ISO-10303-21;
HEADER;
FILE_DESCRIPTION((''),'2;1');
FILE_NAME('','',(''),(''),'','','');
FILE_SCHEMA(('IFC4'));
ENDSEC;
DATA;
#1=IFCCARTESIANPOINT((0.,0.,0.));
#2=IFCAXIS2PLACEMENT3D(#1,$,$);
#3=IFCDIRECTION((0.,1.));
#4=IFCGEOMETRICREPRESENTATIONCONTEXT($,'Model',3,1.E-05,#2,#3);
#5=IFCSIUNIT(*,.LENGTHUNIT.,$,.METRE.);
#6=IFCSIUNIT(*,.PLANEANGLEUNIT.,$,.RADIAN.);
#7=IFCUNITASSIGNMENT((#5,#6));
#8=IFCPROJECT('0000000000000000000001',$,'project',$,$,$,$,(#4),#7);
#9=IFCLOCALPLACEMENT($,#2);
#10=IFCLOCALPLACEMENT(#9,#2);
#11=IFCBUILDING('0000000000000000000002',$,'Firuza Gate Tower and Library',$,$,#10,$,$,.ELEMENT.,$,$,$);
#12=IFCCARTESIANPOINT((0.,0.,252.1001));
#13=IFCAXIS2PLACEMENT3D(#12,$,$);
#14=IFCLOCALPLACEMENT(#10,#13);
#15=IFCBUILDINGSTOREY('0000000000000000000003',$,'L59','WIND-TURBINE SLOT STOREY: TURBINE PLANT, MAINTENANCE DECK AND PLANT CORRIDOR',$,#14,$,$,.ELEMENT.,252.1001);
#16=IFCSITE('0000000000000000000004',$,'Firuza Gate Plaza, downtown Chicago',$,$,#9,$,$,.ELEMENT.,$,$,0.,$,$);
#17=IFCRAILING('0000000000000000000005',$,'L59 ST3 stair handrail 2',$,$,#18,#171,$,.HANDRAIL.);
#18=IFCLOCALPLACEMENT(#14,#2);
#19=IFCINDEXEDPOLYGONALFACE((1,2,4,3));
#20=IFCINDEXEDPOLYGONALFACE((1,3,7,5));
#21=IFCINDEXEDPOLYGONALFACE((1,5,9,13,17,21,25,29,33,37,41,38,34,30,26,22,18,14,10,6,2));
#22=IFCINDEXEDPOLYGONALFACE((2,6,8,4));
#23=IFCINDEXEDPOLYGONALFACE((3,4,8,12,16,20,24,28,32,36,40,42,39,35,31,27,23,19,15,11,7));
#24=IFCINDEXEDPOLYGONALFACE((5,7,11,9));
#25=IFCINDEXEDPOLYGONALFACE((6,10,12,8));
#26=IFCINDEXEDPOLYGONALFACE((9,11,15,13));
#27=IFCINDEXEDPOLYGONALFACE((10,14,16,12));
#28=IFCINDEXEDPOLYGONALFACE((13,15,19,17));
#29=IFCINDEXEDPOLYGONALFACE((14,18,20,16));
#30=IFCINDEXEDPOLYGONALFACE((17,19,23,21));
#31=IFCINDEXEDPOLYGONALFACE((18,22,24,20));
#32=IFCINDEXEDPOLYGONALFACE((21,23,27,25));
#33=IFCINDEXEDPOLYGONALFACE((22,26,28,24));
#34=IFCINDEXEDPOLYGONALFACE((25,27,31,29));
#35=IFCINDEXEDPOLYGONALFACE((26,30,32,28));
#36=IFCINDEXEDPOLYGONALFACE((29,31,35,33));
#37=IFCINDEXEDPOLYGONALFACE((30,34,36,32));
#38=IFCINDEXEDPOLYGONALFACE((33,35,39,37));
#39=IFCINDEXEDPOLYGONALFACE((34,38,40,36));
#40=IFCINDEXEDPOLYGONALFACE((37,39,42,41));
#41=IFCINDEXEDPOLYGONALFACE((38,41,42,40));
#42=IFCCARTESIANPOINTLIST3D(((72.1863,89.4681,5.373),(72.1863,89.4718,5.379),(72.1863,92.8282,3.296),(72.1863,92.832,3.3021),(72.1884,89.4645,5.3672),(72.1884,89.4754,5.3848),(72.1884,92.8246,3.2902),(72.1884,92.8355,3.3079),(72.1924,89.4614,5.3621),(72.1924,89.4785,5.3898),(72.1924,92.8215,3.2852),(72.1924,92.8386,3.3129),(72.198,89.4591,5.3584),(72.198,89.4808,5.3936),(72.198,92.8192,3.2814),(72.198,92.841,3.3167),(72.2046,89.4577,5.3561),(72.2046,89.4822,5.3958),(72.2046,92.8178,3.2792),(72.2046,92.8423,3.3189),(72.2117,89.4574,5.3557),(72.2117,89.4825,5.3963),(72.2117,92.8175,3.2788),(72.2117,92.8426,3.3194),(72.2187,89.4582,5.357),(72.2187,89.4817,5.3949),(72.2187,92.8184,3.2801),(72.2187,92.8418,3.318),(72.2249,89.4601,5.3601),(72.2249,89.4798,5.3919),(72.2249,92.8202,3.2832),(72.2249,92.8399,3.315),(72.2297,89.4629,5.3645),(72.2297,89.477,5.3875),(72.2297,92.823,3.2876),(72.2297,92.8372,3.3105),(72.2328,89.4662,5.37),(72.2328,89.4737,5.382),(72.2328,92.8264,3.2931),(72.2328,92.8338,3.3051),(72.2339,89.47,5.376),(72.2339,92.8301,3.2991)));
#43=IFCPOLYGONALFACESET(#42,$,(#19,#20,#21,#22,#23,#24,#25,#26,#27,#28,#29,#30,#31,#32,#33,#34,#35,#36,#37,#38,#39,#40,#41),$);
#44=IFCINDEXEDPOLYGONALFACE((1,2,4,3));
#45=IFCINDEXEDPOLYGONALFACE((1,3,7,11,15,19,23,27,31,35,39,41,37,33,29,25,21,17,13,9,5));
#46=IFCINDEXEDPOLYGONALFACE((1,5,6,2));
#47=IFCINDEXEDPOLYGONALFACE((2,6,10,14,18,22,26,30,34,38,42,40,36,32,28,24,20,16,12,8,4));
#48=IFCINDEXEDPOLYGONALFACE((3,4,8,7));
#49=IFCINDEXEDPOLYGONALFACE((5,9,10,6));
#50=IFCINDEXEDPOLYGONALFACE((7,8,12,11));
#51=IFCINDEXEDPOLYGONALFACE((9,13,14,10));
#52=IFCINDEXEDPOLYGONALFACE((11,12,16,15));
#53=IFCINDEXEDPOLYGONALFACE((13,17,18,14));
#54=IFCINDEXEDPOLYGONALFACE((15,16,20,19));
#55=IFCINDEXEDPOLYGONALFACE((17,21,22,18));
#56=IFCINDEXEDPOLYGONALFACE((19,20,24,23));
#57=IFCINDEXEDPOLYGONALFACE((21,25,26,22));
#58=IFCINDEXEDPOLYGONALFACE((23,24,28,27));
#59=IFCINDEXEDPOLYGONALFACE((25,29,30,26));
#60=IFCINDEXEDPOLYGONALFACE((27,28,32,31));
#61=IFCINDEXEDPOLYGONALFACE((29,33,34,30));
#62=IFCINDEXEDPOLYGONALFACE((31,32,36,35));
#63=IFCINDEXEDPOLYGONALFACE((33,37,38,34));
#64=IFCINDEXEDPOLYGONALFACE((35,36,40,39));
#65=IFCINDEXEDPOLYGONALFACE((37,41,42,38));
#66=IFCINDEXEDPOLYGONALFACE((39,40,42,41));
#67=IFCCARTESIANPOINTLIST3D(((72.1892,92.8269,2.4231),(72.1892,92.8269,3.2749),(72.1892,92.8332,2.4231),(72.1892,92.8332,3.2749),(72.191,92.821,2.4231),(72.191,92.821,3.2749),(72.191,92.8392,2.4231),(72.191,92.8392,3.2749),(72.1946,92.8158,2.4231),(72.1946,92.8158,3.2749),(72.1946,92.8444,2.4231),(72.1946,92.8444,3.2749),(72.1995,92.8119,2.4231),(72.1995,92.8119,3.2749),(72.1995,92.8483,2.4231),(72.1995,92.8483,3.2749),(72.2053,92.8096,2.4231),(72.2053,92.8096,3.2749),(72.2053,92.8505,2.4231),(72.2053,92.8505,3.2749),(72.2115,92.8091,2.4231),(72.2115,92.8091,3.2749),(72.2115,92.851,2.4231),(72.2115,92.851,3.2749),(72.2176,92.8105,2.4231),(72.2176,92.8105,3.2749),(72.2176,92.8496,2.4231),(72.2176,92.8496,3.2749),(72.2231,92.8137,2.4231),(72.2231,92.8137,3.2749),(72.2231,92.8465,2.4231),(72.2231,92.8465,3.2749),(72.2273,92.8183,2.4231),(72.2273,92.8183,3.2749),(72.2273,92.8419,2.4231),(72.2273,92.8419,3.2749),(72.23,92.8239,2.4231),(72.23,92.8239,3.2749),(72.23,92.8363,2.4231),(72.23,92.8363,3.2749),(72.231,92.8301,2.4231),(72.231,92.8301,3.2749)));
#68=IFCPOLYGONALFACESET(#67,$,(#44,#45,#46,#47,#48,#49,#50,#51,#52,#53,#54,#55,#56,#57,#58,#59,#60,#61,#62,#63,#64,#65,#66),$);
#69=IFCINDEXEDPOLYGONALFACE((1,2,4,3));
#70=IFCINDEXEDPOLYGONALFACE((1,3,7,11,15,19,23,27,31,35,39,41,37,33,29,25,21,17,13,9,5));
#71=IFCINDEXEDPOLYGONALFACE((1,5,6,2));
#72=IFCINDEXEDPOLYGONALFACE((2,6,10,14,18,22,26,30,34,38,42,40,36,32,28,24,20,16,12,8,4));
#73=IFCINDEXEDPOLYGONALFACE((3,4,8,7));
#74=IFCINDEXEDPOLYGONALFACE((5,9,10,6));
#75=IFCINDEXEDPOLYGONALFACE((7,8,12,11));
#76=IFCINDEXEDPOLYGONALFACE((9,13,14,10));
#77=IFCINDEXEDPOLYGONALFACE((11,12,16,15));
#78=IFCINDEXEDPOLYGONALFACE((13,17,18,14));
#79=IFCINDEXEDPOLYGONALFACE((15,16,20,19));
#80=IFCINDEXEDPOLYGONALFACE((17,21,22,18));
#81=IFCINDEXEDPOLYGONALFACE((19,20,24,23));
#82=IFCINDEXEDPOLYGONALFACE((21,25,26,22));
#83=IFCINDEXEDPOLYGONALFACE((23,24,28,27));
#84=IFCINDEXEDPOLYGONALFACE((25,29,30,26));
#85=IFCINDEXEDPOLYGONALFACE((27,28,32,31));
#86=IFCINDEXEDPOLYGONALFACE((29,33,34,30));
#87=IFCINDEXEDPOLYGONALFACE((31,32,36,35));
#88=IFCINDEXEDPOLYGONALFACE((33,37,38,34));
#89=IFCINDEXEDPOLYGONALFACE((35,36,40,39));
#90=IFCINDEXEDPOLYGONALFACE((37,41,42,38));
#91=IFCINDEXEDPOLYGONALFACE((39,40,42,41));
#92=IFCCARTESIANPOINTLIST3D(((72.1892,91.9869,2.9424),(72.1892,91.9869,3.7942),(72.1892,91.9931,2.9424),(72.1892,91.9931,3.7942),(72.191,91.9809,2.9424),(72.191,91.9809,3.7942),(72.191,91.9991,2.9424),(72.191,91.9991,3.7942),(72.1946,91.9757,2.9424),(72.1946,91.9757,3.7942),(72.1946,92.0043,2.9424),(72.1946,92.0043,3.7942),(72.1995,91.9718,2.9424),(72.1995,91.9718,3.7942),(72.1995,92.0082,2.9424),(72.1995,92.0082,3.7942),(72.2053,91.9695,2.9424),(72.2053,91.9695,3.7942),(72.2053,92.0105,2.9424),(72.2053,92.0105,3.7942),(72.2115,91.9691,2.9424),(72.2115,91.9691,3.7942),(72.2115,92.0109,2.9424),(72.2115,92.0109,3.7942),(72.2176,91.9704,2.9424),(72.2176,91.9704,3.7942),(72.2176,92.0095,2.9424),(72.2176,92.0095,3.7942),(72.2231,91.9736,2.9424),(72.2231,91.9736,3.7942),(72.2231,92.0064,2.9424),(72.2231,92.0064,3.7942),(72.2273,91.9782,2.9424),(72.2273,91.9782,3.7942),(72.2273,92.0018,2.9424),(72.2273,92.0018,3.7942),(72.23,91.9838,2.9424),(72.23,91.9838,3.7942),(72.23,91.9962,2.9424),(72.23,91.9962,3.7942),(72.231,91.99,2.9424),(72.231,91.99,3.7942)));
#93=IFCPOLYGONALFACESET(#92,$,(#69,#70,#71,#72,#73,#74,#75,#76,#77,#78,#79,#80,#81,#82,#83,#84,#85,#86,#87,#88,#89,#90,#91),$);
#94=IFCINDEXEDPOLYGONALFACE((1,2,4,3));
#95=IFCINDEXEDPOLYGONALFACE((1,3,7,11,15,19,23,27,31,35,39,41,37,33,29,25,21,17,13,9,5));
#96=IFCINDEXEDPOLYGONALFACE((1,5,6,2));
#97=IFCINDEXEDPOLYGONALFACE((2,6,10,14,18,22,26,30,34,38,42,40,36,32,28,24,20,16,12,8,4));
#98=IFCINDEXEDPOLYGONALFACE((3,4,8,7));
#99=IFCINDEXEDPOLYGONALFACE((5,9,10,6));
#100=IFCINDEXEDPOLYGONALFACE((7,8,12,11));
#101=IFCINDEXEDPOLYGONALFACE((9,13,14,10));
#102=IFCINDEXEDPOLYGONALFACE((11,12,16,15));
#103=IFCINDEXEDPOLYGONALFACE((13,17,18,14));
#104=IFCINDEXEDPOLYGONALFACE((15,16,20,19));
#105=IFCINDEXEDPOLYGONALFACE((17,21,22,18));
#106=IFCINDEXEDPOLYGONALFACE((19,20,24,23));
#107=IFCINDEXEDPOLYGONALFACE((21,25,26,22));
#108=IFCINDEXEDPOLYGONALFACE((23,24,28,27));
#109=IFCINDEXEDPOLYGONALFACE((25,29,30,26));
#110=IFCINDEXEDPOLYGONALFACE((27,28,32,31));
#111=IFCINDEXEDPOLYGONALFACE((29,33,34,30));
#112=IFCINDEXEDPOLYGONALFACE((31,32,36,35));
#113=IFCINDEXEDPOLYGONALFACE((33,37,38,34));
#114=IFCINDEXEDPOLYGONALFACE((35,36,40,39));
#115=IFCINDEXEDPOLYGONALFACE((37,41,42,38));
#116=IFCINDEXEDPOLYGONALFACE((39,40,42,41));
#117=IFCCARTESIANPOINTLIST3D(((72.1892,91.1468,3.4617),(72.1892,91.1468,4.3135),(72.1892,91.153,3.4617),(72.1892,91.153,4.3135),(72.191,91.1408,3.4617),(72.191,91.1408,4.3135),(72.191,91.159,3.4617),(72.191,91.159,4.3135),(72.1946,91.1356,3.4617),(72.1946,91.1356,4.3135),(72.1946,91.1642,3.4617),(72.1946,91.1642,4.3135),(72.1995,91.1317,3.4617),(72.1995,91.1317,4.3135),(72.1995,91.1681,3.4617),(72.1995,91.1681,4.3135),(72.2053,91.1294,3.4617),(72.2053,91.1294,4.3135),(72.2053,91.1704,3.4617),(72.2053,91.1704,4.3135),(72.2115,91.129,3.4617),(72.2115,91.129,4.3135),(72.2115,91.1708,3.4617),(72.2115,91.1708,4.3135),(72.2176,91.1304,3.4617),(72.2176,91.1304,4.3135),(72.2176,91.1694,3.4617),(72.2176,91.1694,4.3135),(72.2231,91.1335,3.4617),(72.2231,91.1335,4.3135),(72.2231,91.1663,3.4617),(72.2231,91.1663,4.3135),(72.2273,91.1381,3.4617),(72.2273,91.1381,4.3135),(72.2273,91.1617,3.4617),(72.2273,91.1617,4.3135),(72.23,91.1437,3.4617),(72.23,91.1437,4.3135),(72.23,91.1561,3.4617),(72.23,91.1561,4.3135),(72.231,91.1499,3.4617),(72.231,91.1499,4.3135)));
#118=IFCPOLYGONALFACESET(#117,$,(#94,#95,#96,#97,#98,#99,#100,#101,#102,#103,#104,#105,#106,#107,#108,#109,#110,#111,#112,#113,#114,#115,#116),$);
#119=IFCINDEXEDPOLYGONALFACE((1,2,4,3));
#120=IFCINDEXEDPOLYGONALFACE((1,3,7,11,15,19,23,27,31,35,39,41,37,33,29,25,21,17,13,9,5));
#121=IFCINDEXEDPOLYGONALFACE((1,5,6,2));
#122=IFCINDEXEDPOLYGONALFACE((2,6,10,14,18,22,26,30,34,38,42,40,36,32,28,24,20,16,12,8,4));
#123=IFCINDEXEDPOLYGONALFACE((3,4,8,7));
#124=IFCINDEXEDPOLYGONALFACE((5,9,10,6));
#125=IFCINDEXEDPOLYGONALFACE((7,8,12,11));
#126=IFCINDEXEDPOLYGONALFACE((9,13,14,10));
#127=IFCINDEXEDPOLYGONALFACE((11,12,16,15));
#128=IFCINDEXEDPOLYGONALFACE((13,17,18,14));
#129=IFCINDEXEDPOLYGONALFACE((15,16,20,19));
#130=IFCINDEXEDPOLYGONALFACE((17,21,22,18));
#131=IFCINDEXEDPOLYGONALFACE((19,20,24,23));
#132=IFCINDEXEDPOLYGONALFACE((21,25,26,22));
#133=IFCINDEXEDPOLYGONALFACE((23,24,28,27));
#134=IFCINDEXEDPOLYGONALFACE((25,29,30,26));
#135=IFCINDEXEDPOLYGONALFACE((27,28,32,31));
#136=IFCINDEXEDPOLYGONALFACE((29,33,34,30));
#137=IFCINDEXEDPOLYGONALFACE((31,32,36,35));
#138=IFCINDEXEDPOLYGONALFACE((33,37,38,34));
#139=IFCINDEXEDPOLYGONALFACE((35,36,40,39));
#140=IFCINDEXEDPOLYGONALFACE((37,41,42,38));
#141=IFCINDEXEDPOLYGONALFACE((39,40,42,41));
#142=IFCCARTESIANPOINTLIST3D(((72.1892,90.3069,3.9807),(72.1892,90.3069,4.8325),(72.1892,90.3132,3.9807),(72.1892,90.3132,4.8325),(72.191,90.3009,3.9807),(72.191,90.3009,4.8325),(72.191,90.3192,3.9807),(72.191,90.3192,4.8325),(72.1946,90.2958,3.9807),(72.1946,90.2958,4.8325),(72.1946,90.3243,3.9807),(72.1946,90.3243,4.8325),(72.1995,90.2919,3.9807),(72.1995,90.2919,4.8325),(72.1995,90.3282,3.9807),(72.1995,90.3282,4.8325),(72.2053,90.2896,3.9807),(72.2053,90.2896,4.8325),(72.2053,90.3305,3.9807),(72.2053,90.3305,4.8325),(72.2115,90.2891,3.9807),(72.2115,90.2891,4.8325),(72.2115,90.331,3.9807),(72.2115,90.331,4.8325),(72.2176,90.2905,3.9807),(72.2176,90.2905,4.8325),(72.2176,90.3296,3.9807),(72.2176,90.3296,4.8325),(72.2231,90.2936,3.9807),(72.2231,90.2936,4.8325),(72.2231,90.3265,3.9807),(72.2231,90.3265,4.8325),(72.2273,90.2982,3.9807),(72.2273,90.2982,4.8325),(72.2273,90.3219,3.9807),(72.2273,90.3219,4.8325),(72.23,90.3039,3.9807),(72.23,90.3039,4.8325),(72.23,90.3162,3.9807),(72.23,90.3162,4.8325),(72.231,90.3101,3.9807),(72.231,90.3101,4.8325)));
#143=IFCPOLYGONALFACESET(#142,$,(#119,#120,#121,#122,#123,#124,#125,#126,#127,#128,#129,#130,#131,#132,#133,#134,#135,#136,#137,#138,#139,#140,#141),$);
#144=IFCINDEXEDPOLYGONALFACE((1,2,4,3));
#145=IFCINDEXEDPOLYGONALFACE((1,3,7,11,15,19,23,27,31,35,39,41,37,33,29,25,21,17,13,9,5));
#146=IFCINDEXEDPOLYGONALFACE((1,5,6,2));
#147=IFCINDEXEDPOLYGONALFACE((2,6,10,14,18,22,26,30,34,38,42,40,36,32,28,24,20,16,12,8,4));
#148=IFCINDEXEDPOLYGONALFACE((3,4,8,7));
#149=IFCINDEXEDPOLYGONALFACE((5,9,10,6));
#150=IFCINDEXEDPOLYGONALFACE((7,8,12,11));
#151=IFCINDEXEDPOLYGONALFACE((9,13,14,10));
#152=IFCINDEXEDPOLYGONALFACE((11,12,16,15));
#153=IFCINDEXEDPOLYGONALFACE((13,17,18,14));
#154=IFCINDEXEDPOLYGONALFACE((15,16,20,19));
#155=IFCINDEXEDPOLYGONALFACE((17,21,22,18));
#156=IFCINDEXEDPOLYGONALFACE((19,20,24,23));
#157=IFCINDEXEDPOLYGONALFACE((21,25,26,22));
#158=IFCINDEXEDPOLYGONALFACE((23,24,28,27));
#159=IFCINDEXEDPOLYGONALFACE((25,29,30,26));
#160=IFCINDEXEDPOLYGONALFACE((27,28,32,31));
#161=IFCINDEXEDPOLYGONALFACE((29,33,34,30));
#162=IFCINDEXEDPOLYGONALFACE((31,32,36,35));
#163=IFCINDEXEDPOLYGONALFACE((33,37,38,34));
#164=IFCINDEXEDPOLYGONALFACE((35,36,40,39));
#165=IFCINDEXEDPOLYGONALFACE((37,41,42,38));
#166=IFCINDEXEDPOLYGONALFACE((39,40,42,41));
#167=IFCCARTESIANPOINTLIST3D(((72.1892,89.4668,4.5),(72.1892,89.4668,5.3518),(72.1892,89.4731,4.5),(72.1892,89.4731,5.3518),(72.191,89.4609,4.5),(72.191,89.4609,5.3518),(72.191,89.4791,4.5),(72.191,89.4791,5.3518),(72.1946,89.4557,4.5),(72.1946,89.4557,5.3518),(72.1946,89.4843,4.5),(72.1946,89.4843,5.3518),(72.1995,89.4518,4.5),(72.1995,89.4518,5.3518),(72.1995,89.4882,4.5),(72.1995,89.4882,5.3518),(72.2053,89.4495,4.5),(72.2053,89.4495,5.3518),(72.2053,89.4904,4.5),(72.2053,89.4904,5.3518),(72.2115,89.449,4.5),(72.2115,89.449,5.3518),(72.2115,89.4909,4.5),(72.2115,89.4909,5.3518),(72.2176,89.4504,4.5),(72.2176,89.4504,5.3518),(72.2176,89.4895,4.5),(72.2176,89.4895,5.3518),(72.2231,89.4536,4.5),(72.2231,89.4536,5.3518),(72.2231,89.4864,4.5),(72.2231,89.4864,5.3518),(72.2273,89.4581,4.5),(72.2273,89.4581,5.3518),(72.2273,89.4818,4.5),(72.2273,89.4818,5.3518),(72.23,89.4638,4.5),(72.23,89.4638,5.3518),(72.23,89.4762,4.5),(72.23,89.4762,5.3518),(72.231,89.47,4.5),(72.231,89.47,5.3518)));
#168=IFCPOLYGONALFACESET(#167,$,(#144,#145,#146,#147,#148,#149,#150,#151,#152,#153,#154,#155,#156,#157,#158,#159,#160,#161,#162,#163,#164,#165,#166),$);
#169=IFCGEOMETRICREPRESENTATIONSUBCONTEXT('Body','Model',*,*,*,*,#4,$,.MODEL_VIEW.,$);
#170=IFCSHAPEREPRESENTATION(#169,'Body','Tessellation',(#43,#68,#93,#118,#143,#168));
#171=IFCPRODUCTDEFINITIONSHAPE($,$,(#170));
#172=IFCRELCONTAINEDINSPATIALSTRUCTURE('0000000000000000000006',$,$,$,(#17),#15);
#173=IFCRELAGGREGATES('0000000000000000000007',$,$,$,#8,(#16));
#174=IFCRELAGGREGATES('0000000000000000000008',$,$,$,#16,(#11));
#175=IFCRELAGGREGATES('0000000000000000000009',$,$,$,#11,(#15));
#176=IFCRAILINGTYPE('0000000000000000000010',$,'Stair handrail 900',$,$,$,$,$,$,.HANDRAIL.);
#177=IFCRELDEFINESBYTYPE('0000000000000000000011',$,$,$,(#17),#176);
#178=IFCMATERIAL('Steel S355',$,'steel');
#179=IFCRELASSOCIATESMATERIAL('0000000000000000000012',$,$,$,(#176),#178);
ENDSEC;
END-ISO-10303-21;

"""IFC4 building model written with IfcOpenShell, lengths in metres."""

from ifc_helpers import new_model, si_unit, direction, frame, origin, origin_2d, place, context, subcontext, project, spatial, circle, extrude, material, type_object, element, save


model = new_model("IFC4")

# Units and contexts
model_context = context("Model", 3, precision=1e-05, world=origin(), true_north=direction((0.0, 1.0)))
body_context = subcontext(model_context, "Body", "Model", "MODEL_VIEW")
ifc_project = project(units=[si_unit("LENGTHUNIT", "METRE"), si_unit("PLANEANGLEUNIT", "RADIAN")], contexts=[model_context])

# Site, building, storey
site_placement = place(None, origin())
site = spatial("IfcSite", under=ifc_project, at=site_placement, Name="Firuza Gate Plaza, downtown Chicago", CompositionType="ELEMENT", RefElevation=0.0)
building_placement = place(site_placement, origin())
building = spatial("IfcBuilding", under=site, at=building_placement, Name="Firuza Gate Tower and Library", CompositionType="ELEMENT")
storey_placement = place(building_placement, frame((0.0, 0.0, 252.1001)))
storey = spatial("IfcBuildingStorey", under=building, at=storey_placement, Name="L59", Description="WIND-TURBINE SLOT STOREY: TURBINE PLANT, MAINTENANCE DECK AND PLANT CORRIDOR", CompositionType="ELEMENT", Elevation=252.1001)

# Railing
ifc_material_1 = material(Name="Steel S355", Category="steel")
railing_type_1 = type_object("IfcRailingType", Name="Stair handrail 900", PredefinedType="HANDRAIL", material=ifc_material_1)
railing_1_placement = place(storey_placement, frame((72.21, 92.8301, 2.4231)))
element("IfcRailing", 1, at=railing_1_placement, inside=storey, type_object=railing_type_1, Name="L59 ST3 stair handrail 2", PredefinedType="HANDRAIL", context=body_context, shape_type="SweptSolid", body=[
    extrude(circle(Radius=0.0239, at=origin_2d()), frame((0.0, 0.0, 0.876), z_axis=(0.0, -0.850623, 0.525776), x_axis=(1.0, 0.0, 0.0)), (0.0, 0.0, 1.0), 3.9502),
    extrude(circle(Radius=0.021, at=origin_2d()), origin(), (0.0, 0.0, 1.0), 0.8518),
    extrude(circle(Radius=0.021, at=origin_2d()), frame((0.0, -0.8401, 0.5193)), (0.0, 0.0, 1.0), 0.8518),
    extrude(circle(Radius=0.021, at=origin_2d()), frame((0.0, -1.6802, 1.0386)), (0.0, 0.0, 1.0), 0.8518),
    extrude(circle(Radius=0.021, at=origin_2d()), frame((0.0, -2.52, 1.5576)), (0.0, 0.0, 1.0), 0.8518),
    extrude(circle(Radius=0.021, at=origin_2d()), frame((0.0, -3.3601, 2.0769)), (0.0, 0.0, 1.0), 0.8518),
])

save(model, "model.ifc")
